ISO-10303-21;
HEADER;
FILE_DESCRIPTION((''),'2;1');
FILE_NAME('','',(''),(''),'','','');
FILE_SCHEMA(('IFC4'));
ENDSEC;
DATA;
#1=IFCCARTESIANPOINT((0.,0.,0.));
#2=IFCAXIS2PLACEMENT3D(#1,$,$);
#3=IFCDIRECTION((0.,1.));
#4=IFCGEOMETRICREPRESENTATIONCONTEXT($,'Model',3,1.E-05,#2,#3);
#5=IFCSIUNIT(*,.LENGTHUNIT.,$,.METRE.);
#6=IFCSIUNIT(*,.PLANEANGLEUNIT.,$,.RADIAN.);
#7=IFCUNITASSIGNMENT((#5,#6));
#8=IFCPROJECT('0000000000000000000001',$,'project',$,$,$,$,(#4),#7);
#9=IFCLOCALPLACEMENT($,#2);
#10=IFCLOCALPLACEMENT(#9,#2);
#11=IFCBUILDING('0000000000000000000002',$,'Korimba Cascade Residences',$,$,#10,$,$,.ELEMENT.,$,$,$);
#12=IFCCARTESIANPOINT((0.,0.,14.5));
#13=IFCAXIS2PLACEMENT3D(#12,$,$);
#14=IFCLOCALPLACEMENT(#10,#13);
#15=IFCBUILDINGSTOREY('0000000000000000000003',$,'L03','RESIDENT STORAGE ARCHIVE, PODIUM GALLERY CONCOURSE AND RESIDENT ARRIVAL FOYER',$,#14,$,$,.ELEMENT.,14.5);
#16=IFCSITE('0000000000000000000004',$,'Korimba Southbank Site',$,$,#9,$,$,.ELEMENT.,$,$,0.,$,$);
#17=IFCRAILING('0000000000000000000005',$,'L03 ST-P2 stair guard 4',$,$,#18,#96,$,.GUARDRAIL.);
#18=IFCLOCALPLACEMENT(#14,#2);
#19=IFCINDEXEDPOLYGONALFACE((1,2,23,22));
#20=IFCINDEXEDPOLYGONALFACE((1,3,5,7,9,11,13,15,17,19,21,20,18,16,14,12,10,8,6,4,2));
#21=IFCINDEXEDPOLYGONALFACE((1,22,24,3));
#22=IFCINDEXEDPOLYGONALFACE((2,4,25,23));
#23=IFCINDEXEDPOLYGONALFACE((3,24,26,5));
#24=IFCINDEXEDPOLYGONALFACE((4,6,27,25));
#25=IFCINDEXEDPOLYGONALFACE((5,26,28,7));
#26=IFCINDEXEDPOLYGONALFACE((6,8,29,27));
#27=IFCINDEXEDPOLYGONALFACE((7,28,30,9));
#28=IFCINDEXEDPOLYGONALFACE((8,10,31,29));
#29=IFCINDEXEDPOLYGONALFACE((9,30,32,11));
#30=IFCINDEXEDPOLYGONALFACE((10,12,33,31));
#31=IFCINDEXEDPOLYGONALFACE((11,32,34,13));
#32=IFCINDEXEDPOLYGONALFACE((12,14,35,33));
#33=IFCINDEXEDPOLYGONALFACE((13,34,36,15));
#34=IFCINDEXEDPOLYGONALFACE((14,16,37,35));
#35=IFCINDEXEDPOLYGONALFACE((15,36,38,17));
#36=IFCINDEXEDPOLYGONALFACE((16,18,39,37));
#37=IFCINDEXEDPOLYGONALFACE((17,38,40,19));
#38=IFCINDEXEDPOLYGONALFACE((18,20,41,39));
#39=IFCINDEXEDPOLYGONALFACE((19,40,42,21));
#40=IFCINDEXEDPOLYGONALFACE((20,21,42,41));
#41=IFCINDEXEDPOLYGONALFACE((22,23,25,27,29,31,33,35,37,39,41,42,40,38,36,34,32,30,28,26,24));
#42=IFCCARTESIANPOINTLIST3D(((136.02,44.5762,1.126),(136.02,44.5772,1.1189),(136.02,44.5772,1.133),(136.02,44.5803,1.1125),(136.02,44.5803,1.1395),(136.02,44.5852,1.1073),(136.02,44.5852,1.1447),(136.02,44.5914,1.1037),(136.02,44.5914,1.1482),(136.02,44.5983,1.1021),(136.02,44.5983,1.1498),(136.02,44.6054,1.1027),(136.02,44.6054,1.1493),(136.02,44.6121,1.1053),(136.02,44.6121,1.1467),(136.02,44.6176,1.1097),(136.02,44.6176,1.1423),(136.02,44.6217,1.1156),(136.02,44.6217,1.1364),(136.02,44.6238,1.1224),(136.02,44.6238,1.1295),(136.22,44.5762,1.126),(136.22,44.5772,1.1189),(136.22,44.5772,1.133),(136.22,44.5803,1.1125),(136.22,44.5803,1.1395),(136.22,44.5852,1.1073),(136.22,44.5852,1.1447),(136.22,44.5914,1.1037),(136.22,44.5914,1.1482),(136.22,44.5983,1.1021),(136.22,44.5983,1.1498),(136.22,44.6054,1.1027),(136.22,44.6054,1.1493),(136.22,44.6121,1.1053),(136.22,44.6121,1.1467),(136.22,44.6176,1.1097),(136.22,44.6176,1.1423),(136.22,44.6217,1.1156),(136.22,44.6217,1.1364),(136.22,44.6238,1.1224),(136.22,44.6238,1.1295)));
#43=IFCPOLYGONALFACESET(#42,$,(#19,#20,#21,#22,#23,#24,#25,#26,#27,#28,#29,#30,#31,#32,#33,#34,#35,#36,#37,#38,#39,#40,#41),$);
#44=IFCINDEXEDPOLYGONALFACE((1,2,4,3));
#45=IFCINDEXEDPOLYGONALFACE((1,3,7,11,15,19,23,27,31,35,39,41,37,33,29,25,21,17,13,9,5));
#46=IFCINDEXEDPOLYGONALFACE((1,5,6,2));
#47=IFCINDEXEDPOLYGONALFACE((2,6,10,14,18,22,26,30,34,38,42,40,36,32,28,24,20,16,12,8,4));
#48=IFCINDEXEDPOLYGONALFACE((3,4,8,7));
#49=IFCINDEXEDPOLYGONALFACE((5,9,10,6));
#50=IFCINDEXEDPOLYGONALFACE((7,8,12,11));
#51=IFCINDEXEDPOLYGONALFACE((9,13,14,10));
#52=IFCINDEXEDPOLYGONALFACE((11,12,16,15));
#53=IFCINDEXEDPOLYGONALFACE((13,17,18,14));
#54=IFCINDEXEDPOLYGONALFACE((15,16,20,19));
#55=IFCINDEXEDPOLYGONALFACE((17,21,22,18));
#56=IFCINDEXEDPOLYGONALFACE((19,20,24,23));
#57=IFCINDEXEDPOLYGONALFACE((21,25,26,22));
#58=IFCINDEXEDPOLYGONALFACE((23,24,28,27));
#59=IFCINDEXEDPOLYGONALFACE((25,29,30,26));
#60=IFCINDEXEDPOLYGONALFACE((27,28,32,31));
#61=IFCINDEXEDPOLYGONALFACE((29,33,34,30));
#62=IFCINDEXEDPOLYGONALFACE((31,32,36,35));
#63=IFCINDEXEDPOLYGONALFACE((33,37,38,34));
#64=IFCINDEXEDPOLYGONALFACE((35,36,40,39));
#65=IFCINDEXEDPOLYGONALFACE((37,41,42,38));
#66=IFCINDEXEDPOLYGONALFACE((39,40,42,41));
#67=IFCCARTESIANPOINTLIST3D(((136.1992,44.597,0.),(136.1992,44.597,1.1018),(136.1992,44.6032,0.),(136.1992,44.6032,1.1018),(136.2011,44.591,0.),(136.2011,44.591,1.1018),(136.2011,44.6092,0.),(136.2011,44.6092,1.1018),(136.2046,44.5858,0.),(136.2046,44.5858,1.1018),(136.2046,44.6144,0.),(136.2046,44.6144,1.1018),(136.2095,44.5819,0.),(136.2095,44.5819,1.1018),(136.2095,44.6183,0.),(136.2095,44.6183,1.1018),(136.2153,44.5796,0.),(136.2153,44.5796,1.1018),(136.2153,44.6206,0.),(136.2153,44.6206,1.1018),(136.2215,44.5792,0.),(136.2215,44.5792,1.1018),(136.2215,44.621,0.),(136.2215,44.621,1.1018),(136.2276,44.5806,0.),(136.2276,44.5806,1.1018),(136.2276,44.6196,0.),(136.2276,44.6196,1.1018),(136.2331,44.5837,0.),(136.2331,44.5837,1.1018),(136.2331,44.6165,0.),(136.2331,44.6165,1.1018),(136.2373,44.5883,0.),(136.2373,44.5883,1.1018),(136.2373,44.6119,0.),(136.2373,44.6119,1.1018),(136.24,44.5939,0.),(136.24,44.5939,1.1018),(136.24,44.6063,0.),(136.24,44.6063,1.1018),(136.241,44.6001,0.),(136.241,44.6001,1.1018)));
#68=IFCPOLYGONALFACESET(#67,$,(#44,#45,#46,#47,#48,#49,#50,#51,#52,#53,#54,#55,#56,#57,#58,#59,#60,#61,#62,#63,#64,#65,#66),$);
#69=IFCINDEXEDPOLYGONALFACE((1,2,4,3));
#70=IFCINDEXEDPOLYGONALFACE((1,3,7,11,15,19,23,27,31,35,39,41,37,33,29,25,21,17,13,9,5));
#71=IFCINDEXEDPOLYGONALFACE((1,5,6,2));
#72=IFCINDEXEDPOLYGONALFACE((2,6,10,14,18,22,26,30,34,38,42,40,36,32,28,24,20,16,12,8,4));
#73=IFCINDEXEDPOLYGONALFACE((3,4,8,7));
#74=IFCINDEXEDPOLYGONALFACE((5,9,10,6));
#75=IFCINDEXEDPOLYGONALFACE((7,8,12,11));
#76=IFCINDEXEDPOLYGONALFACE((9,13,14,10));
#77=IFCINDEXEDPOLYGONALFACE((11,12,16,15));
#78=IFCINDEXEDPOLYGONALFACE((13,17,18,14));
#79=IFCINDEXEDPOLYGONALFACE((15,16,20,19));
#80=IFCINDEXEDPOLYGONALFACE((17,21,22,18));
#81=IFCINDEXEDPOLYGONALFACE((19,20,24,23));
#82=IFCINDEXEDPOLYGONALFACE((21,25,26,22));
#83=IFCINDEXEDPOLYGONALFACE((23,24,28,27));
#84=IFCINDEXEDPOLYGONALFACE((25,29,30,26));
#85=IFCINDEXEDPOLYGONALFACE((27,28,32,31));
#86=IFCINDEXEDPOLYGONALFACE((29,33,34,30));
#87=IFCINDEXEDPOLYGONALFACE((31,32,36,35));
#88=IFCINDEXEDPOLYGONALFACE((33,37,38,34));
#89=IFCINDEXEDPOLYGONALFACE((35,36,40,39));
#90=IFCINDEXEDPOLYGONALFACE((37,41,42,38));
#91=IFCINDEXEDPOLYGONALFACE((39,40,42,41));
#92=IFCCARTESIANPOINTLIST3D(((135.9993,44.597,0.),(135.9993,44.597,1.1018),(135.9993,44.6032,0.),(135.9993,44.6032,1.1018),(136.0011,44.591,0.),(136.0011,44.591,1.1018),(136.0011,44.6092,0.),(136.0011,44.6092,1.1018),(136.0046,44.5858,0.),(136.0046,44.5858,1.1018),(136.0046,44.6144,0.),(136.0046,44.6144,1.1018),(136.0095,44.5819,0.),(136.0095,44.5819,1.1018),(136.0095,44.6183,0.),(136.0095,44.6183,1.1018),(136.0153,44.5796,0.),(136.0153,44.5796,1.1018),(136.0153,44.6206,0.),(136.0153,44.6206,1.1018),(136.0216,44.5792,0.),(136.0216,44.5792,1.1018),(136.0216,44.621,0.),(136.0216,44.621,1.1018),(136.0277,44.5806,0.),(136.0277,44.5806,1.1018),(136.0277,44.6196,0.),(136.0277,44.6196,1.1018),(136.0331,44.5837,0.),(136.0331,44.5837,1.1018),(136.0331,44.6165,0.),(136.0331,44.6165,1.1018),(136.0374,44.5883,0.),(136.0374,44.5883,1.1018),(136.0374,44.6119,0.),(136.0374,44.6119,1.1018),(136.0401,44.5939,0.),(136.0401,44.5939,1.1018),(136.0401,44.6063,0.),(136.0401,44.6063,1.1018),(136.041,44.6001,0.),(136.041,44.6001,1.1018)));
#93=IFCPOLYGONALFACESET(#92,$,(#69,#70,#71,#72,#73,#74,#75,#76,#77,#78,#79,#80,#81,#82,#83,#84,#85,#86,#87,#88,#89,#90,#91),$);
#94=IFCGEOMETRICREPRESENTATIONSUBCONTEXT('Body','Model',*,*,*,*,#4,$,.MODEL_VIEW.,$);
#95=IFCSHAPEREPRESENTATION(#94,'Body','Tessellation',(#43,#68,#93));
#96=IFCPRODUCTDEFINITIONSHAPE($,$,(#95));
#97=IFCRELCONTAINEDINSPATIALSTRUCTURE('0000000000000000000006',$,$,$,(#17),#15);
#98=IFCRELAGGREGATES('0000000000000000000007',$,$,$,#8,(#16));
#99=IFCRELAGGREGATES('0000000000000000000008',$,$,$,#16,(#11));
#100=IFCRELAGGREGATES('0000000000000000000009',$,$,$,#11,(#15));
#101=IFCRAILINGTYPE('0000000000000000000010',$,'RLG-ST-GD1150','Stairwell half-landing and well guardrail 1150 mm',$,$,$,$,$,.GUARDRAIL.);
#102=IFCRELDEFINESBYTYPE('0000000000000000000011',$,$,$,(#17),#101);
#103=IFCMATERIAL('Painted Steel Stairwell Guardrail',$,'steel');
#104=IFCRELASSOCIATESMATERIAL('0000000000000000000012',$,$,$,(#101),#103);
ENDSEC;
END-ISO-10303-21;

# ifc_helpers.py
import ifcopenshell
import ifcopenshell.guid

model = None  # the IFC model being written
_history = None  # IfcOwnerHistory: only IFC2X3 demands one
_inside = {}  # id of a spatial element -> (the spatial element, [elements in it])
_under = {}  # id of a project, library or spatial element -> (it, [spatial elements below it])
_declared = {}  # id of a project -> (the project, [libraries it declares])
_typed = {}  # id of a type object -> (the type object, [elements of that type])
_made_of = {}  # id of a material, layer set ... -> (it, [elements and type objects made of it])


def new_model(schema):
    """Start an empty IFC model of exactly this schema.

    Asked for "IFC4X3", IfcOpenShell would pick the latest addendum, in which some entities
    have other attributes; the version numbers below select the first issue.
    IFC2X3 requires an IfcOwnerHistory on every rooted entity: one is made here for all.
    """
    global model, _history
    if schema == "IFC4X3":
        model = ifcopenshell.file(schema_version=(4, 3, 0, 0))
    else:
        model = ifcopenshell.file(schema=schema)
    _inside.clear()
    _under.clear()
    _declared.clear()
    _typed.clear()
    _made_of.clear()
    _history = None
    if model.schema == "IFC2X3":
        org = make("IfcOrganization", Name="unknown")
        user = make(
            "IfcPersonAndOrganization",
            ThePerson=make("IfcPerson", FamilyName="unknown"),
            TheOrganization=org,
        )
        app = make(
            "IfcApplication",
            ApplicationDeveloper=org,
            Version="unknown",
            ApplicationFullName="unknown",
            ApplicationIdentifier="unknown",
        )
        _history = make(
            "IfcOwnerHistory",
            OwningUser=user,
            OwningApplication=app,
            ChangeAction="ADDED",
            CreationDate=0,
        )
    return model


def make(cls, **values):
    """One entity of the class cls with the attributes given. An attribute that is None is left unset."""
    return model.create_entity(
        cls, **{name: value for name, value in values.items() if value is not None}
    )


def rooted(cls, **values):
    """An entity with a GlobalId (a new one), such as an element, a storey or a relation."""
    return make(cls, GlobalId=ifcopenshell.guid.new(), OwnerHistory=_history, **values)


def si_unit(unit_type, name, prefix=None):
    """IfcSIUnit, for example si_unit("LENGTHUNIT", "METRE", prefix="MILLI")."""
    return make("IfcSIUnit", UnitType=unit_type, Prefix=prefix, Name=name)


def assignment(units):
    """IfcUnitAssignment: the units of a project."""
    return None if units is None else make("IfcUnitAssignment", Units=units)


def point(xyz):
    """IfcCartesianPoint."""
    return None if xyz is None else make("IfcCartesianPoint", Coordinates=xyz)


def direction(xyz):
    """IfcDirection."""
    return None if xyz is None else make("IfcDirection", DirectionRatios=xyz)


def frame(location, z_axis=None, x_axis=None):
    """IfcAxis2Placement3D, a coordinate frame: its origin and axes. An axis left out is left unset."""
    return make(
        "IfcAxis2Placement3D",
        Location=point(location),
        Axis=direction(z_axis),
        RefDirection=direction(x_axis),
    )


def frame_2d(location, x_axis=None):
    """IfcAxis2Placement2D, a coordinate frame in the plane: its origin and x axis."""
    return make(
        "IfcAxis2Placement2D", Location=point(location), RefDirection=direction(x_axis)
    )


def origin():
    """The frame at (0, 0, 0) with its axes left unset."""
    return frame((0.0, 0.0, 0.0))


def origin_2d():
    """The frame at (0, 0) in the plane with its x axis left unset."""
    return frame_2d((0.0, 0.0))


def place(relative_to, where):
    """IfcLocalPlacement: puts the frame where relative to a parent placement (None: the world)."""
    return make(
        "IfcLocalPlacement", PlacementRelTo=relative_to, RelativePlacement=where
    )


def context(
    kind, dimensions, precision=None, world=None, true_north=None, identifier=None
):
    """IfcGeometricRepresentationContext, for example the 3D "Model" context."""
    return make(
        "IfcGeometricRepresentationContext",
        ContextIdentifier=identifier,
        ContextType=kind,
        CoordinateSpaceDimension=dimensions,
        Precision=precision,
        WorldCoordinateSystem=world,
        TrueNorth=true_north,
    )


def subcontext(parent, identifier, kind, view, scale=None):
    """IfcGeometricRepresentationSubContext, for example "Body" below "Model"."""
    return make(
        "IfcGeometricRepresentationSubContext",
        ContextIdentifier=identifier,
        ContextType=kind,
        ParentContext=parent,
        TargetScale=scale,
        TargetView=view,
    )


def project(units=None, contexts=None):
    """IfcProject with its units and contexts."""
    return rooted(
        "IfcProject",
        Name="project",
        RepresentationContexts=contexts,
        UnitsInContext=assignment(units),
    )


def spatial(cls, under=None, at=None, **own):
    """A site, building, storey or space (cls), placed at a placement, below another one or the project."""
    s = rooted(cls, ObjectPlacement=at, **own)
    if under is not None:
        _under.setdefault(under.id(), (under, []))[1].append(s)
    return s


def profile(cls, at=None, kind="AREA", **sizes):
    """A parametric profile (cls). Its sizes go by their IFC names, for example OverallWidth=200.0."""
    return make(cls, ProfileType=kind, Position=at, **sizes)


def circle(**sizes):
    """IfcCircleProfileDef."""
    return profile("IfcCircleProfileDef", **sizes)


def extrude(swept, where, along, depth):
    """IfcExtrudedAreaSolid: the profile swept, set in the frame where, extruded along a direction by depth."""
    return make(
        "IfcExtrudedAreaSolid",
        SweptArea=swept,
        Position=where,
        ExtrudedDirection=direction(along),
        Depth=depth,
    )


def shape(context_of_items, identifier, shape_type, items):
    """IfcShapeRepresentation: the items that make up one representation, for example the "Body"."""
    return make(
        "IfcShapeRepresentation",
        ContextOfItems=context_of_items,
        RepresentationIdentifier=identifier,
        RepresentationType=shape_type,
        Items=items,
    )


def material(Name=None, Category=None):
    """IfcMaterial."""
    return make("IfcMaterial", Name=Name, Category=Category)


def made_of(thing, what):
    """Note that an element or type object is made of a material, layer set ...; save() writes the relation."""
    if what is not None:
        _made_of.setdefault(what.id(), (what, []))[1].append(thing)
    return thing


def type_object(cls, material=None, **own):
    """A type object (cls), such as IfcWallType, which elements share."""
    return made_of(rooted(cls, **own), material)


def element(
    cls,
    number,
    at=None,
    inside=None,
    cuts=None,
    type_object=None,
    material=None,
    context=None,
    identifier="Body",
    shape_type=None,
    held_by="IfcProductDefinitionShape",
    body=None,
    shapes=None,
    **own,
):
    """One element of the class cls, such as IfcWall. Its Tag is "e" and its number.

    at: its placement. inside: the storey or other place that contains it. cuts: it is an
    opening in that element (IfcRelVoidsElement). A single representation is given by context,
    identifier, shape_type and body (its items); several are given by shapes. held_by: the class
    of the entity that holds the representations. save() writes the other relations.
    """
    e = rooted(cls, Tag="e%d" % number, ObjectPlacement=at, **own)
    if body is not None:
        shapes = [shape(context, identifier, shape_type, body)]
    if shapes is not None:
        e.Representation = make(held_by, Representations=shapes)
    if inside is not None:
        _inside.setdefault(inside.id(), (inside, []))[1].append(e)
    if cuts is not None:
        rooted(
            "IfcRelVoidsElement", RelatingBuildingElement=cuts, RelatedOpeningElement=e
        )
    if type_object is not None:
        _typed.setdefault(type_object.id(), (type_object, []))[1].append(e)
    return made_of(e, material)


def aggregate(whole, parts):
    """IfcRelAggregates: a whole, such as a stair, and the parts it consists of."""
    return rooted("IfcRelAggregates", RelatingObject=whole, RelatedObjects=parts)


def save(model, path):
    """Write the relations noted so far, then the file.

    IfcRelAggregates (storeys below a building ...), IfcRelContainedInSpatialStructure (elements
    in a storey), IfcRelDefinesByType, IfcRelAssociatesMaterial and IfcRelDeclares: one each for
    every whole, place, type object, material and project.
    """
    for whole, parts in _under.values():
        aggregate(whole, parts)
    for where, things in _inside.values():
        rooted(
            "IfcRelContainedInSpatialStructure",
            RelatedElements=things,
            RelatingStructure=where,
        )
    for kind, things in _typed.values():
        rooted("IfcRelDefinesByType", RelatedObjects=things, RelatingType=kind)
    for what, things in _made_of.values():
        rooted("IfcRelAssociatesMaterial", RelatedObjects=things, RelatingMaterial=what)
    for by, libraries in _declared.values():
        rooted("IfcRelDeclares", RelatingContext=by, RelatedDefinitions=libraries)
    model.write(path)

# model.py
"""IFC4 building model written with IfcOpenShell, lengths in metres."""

from ifc_helpers import new_model, si_unit, direction, frame, origin, origin_2d, place, context, subcontext, project, spatial, circle, extrude, material, type_object, element, save


model = new_model("IFC4")

# Units and contexts
model_context = context("Model", 3, precision=1e-05, world=origin(), true_north=direction((0.0, 1.0)))
body_context = subcontext(model_context, "Body", "Model", "MODEL_VIEW")
ifc_project = project(units=[si_unit("LENGTHUNIT", "METRE"), si_unit("PLANEANGLEUNIT", "RADIAN")], contexts=[model_context])

# Site, building, storey
site_placement = place(None, origin())
site = spatial("IfcSite", under=ifc_project, at=site_placement, Name="Korimba Southbank Site", CompositionType="ELEMENT", RefElevation=0.0)
building_placement = place(site_placement, origin())
building = spatial("IfcBuilding", under=site, at=building_placement, Name="Korimba Cascade Residences", CompositionType="ELEMENT")
storey_placement = place(building_placement, frame((0.0, 0.0, 14.5)))
storey = spatial("IfcBuildingStorey", under=building, at=storey_placement, Name="L03", Description="RESIDENT STORAGE ARCHIVE, PODIUM GALLERY CONCOURSE AND RESIDENT ARRIVAL FOYER", CompositionType="ELEMENT", Elevation=14.5)

# Railing
ifc_material_1 = material(Name="Painted Steel Stairwell Guardrail", Category="steel")
railing_type_1 = type_object("IfcRailingType", Name="RLG-ST-GD1150", Description="Stairwell half-landing and well guardrail 1150 mm", PredefinedType="GUARDRAIL", material=ifc_material_1)
railing_1_placement = place(storey_placement, frame((136.22, 44.6001, 0.0)))
element("IfcRailing", 1, at=railing_1_placement, inside=storey, type_object=railing_type_1, Name="L03 ST-P2 stair guard 4", PredefinedType="GUARDRAIL", context=body_context, shape_type="SweptSolid", body=[
    extrude(circle(Radius=0.0239, at=origin_2d()), frame((0.0, 0.0, 1.126), z_axis=(-1.0, 0.0, 0.0), x_axis=(0.0, -1.0, 0.0)), (0.0, 0.0, 1.0), 0.2),
    extrude(circle(Radius=0.021, at=origin_2d()), origin(), (0.0, 0.0, 1.0), 1.1018),
    extrude(circle(Radius=0.021, at=origin_2d()), frame((-0.2, 0.0, 0.0)), (0.0, 0.0, 1.0), 1.1018),
])

save(model, "model.ifc")
